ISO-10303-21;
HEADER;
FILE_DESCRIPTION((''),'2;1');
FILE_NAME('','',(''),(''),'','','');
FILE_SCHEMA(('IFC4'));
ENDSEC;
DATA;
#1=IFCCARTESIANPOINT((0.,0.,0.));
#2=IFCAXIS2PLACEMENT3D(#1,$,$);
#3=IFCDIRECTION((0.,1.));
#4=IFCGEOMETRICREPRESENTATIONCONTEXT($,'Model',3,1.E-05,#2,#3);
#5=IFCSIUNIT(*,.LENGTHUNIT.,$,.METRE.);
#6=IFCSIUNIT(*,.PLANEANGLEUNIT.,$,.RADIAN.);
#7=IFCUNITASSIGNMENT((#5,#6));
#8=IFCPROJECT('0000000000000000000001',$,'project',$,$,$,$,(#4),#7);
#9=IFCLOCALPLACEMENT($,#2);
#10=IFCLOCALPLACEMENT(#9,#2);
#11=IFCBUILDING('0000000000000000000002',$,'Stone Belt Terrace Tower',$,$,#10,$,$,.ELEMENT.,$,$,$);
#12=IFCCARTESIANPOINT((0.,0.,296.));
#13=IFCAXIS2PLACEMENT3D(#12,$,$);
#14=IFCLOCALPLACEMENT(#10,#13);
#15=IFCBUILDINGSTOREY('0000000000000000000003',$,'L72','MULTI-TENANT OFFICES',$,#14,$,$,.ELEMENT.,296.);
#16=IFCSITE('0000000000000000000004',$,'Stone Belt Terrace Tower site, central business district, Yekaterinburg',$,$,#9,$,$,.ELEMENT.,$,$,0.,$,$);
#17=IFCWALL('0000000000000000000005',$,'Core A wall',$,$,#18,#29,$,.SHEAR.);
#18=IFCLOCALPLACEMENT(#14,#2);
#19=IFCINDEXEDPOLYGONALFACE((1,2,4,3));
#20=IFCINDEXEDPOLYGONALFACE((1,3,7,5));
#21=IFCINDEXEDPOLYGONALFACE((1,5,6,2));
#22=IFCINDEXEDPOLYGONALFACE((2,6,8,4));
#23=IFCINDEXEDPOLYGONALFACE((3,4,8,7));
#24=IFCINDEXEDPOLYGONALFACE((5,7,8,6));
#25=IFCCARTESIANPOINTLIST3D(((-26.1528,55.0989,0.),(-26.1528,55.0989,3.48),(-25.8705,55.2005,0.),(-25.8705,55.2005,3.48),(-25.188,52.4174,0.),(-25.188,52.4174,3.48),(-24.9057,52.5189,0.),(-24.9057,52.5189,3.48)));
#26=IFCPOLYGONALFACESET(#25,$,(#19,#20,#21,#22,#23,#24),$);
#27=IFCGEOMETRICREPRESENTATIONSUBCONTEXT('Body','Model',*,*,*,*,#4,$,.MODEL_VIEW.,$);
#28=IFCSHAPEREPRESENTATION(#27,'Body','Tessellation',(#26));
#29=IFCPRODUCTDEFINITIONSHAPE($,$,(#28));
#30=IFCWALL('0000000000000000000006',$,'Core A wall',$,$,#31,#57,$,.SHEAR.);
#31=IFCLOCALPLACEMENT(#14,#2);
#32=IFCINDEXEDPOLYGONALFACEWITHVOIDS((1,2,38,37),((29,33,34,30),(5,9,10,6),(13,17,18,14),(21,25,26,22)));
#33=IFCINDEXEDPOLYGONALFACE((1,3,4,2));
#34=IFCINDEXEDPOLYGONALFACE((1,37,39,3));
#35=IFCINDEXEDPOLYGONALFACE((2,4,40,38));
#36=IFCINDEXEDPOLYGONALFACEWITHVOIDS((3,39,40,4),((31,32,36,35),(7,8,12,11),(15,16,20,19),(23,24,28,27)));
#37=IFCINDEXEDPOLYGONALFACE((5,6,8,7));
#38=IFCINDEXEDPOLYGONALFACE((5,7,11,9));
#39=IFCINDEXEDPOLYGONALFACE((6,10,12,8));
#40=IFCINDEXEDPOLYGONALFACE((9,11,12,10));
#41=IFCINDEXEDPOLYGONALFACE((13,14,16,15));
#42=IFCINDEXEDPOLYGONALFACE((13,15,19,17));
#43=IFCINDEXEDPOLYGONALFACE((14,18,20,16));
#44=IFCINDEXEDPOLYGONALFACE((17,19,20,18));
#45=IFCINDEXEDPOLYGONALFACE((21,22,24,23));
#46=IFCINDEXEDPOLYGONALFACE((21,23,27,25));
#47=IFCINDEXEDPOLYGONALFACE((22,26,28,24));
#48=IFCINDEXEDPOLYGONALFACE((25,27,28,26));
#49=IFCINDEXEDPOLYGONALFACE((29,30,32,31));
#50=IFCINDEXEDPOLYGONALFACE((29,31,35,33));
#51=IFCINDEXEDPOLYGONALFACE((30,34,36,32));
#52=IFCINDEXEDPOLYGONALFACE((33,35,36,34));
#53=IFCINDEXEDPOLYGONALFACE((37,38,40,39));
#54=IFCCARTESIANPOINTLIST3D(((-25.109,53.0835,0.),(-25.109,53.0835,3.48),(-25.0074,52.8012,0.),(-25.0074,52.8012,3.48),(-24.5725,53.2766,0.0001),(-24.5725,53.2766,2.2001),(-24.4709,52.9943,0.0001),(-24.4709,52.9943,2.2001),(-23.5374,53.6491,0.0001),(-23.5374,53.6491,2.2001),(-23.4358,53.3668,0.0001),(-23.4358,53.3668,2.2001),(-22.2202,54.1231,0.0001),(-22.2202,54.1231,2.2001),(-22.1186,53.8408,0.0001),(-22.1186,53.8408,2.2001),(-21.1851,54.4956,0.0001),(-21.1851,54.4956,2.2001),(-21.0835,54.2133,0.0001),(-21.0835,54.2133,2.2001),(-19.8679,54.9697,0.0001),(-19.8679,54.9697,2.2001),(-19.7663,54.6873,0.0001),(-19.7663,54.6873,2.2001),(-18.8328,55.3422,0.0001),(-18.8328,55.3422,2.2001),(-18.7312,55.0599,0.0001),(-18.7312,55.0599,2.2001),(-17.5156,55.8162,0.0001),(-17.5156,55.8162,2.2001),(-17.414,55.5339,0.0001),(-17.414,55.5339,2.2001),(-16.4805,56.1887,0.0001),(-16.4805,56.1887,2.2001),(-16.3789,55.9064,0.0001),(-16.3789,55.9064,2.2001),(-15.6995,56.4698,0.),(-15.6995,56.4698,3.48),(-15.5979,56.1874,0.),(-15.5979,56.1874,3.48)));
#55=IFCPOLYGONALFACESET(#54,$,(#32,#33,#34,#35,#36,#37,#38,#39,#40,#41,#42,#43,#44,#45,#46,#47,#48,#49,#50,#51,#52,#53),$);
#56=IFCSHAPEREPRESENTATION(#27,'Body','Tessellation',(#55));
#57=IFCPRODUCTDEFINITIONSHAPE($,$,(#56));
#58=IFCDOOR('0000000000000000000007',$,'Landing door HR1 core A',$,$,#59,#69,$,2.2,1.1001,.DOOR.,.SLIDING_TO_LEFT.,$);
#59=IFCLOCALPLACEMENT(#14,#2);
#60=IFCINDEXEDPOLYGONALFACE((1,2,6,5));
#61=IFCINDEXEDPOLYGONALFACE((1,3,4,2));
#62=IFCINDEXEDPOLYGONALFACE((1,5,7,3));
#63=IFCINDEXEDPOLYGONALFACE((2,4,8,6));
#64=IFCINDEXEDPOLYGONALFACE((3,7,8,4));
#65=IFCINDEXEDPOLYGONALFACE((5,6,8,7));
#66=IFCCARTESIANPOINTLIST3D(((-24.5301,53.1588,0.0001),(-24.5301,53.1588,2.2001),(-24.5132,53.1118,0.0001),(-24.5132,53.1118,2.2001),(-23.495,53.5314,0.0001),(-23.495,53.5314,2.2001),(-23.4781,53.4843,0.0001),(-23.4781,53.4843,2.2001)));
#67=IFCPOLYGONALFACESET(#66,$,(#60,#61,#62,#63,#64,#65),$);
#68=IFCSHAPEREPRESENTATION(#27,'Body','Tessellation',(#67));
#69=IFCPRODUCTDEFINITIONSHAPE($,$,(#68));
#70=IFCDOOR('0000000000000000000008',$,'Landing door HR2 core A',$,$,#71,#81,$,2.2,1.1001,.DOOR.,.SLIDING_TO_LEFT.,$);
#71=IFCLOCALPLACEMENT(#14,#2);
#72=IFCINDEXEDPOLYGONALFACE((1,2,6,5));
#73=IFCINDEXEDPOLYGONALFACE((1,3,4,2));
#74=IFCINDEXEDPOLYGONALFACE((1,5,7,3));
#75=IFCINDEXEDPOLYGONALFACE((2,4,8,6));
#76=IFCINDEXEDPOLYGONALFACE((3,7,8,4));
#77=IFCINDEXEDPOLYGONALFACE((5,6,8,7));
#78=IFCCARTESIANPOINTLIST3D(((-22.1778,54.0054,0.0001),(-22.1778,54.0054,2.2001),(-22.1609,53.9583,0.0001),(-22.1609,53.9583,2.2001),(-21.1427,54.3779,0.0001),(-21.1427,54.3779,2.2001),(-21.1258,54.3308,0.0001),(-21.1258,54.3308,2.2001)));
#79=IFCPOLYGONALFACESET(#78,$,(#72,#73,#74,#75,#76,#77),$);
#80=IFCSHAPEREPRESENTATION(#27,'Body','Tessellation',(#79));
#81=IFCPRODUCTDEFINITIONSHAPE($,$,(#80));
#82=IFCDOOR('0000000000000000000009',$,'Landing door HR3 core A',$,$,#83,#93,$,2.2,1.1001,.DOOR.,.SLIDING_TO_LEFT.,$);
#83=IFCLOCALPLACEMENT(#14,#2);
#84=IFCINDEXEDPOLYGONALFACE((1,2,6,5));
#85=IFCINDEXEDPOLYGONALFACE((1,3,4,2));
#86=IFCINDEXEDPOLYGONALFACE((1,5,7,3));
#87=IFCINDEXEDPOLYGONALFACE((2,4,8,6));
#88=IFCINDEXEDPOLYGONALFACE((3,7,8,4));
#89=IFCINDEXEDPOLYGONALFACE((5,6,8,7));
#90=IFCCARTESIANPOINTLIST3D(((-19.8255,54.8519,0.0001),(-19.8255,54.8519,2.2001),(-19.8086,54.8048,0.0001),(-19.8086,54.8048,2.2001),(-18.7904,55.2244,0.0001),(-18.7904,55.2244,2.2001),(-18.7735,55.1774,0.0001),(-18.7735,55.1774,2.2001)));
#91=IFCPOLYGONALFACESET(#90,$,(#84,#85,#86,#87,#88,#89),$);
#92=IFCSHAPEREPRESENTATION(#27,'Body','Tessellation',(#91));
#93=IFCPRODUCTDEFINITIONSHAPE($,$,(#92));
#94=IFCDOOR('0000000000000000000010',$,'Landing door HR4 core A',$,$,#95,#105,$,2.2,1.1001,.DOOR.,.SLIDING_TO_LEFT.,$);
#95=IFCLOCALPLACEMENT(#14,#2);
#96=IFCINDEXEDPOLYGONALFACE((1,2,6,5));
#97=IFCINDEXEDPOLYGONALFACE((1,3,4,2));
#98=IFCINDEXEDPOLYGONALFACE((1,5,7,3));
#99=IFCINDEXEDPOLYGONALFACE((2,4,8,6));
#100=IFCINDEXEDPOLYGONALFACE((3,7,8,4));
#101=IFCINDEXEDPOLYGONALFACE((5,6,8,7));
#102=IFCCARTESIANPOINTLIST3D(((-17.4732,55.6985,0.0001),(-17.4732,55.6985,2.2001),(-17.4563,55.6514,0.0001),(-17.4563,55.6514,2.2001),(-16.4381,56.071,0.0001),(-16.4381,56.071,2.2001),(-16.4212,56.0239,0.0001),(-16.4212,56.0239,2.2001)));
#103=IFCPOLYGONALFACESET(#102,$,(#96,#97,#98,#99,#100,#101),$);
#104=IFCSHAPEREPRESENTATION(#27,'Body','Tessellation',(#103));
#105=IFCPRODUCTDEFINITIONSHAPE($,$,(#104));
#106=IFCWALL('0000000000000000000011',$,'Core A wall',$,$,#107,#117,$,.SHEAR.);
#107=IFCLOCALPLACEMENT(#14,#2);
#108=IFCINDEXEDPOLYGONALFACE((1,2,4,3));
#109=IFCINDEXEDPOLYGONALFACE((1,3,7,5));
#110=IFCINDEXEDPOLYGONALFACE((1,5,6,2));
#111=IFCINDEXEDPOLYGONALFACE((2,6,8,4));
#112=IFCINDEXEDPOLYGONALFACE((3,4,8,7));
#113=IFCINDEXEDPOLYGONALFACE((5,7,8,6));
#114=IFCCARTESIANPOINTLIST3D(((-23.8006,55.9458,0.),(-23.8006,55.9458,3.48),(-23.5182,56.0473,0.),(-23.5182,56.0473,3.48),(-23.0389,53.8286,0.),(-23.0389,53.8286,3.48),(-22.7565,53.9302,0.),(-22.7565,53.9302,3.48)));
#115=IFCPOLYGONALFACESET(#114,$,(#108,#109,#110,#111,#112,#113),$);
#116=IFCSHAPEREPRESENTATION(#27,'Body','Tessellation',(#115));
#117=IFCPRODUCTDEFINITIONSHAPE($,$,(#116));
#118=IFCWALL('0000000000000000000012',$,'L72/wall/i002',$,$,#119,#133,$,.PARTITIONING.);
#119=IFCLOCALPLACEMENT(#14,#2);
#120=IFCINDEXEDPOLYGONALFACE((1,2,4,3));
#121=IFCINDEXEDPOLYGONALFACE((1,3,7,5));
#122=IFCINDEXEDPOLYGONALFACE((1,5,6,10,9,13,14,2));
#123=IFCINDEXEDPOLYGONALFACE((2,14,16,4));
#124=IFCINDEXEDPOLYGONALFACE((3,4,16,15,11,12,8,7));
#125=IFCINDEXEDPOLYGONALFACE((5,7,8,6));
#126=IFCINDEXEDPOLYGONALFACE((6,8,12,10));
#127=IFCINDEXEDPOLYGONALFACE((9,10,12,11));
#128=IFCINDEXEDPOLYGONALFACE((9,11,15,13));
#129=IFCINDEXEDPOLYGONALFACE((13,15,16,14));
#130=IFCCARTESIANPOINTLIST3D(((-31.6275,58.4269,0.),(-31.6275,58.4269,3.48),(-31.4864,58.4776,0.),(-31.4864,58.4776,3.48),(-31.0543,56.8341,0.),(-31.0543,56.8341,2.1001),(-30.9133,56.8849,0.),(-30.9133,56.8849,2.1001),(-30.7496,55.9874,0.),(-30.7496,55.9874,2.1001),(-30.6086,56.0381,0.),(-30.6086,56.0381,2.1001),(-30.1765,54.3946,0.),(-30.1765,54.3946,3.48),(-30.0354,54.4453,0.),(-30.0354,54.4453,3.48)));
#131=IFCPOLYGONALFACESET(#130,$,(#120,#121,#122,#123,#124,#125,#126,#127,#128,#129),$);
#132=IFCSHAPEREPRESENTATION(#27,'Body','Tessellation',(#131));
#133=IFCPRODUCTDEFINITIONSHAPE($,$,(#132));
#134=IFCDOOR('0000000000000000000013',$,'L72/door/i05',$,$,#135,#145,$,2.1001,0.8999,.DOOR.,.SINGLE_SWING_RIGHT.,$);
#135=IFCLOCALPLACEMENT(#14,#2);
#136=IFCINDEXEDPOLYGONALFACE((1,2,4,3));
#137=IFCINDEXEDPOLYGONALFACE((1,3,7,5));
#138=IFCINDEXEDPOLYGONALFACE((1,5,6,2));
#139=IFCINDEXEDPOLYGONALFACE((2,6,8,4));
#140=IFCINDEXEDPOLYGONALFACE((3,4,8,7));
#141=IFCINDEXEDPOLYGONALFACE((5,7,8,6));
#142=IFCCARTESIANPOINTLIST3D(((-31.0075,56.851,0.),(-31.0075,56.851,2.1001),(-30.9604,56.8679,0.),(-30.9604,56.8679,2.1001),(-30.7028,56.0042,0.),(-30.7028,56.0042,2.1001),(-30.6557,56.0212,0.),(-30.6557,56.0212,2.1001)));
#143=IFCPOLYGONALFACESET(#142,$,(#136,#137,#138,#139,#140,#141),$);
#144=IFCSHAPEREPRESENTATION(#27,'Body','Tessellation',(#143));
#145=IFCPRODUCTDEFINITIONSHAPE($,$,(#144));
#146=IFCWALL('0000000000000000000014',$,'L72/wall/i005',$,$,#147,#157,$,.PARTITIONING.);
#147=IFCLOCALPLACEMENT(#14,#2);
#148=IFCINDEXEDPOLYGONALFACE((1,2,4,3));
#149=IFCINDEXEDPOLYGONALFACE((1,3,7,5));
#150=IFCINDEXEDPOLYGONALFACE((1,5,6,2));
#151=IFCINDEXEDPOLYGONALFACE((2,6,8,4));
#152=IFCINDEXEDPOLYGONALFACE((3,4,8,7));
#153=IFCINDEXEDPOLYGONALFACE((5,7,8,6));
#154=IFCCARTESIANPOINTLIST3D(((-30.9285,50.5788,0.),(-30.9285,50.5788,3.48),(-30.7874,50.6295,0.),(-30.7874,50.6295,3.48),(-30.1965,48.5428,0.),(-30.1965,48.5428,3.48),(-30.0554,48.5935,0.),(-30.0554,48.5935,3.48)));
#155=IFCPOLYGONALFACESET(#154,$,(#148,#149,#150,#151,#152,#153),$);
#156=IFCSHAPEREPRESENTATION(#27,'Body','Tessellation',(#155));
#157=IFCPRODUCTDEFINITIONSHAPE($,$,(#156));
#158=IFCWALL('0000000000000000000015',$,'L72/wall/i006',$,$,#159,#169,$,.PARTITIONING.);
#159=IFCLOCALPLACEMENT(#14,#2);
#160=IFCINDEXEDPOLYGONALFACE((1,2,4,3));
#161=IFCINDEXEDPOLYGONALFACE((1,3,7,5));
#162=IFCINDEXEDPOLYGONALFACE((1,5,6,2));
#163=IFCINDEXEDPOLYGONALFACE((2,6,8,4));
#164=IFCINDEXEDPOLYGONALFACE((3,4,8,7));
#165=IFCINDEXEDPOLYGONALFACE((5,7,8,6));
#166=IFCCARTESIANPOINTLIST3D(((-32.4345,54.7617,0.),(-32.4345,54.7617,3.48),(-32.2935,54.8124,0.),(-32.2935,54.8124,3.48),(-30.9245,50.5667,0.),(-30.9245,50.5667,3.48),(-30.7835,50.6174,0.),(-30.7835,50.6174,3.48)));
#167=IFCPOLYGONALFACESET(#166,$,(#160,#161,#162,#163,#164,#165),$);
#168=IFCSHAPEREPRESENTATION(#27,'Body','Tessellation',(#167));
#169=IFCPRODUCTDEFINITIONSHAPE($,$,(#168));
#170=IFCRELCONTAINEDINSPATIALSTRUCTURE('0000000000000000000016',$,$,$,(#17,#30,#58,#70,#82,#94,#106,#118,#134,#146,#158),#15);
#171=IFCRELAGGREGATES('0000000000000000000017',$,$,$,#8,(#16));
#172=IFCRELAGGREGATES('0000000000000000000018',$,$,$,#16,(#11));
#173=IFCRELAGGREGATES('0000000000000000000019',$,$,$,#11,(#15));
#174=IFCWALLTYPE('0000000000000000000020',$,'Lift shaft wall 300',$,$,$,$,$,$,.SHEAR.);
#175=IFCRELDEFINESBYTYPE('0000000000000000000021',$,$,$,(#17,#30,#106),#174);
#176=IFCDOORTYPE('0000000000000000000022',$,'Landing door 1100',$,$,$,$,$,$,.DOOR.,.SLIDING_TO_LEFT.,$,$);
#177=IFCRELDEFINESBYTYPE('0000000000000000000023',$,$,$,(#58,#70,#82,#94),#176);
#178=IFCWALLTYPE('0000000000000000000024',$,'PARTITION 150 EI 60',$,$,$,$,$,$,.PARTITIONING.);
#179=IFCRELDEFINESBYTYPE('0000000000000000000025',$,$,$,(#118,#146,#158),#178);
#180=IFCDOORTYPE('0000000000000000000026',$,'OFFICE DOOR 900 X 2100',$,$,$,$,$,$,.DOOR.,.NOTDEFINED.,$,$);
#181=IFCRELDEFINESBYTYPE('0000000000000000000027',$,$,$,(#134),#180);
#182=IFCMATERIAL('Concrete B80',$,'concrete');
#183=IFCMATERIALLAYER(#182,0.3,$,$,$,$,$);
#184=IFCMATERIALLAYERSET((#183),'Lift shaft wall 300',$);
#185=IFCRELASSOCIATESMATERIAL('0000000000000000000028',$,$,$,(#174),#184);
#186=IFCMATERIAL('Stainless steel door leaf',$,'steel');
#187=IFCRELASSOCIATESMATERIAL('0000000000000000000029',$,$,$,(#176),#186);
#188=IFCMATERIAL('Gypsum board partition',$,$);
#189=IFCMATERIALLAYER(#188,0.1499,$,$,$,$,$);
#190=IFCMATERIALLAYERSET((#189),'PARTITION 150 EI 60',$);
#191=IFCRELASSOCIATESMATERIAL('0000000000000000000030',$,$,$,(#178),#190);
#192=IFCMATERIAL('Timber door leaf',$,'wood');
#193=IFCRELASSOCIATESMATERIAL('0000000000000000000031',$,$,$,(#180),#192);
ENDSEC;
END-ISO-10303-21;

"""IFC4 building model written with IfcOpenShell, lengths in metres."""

from ifc_helpers import new_model, si_unit, direction, frame, frame_2d, origin, place, context, subcontext, project, spatial, rectangle, extrude, material, layer, layer_set, type_object, element, fill, save


model = new_model("IFC4")

# Units and contexts
model_context = context("Model", 3, precision=1e-05, world=origin(), true_north=direction((0.0, 1.0)))
body_context = subcontext(model_context, "Body", "Model", "MODEL_VIEW")
ifc_project = project(units=[si_unit("LENGTHUNIT", "METRE"), si_unit("PLANEANGLEUNIT", "RADIAN")], contexts=[model_context])

# Site, building, storey
site_placement = place(None, origin())
site = spatial("IfcSite", under=ifc_project, at=site_placement, Name="Stone Belt Terrace Tower site, central business district, Yekaterinburg", CompositionType="ELEMENT", RefElevation=0.0)
building_placement = place(site_placement, origin())
building = spatial("IfcBuilding", under=site, at=building_placement, Name="Stone Belt Terrace Tower", CompositionType="ELEMENT")
storey_placement = place(building_placement, frame((0.0, 0.0, 296.0)))
storey = spatial("IfcBuildingStorey", under=building, at=storey_placement, Name="L72", Description="MULTI-TENANT OFFICES", CompositionType="ELEMENT", Elevation=296.0)

# Shared definitions
ifc_material_1 = material(Name="Timber door leaf", Category="wood")

# Shared definitions
ifc_material_2 = material(Name="Concrete B80", Category="concrete")

# Shared definitions
ifc_layer_1 = layer(ifc_material_2, 0.3)
ifc_layer_set_1 = layer_set([ifc_layer_1], Name="Lift shaft wall 300")
wall_type_1 = type_object("IfcWallType", Name="Lift shaft wall 300", PredefinedType="SHEAR", material=ifc_layer_set_1)
ifc_material_3 = material(Name="Stainless steel door leaf", Category="steel")

# Wall
wall_1_placement = place(storey_placement, frame((-25.0469, 52.4683, 0.0), z_axis=(0.0, 0.0, 1.0), x_axis=(-0.33855, 0.940949, 0.0)))
element("IfcWall", 1, at=wall_1_placement, inside=storey, type_object=wall_type_1, Name="Core A wall", PredefinedType="SHEAR", context=body_context, shape_type="SweptSolid", body=[
    extrude(rectangle(XDim=2.8499, YDim=0.3, at=frame_2d((1.4248, 0.0))), origin(), (0.0, 0.0, 1.0), 3.48),
])

# Wall, openings, doors
wall_2_placement = place(storey_placement, frame((-25.0581, 52.9424, 0.0), z_axis=(0.0, 0.0, 1.0), x_axis=(0.940924, 0.338617, 0.0)))
wall_2 = element("IfcWall", 2, at=wall_2_placement, inside=storey, type_object=wall_type_1, Name="Core A wall", PredefinedType="SHEAR", context=body_context, shape_type="SweptSolid", body=[
    extrude(rectangle(XDim=10.0002, YDim=0.3, at=frame_2d((5.0, 0.0))), origin(), (0.0, 0.0, 1.0), 3.48),
])
opening_1_placement = place(wall_2_placement, frame((0.5701, 0.0, 0.0)))
opening_1 = element("IfcOpeningElement", 3, at=opening_1_placement, cuts=wall_2, PredefinedType="OPENING", context=body_context, shape_type="SweptSolid", body=[
    extrude(rectangle(XDim=1.1001, YDim=2.2, at=frame_2d((0.55, 1.1001))), frame((0.0, 0.1599, 0.0), z_axis=(0.0, -1.0, 0.0), x_axis=(1.0, 0.0, 0.0)), (0.0, 0.0, 1.0), 0.3201),
])
opening_2_placement = place(wall_2_placement, frame((3.0701, 0.0, 0.0)))
opening_2 = element("IfcOpeningElement", 4, at=opening_2_placement, cuts=wall_2, PredefinedType="OPENING", context=body_context, shape_type="SweptSolid", body=[
    extrude(rectangle(XDim=1.1001, YDim=2.2, at=frame_2d((0.55, 1.1001))), frame((0.0, 0.1599, 0.0), z_axis=(0.0, -1.0, 0.0), x_axis=(1.0, 0.0, 0.0)), (0.0, 0.0, 1.0), 0.3201),
])
opening_3_placement = place(wall_2_placement, frame((5.5701, 0.0, 0.0)))
opening_3 = element("IfcOpeningElement", 5, at=opening_3_placement, cuts=wall_2, PredefinedType="OPENING", context=body_context, shape_type="SweptSolid", body=[
    extrude(rectangle(XDim=1.1001, YDim=2.2, at=frame_2d((0.55, 1.1001))), frame((0.0, 0.1599, 0.0), z_axis=(0.0, -1.0, 0.0), x_axis=(1.0, 0.0, 0.0)), (0.0, 0.0, 1.0), 0.3201),
])
opening_4_placement = place(wall_2_placement, frame((8.0701, 0.0, 0.0)))
opening_4 = element("IfcOpeningElement", 6, at=opening_4_placement, cuts=wall_2, PredefinedType="OPENING", context=body_context, shape_type="SweptSolid", body=[
    extrude(rectangle(XDim=1.1001, YDim=2.2, at=frame_2d((0.55, 1.1001))), frame((0.0, 0.1599, 0.0), z_axis=(0.0, -1.0, 0.0), x_axis=(1.0, 0.0, 0.0)), (0.0, 0.0, 1.0), 0.3201),
])
door_type_1 = type_object("IfcDoorType", Name="Landing door 1100", OperationType="SLIDING_TO_LEFT", PredefinedType="DOOR", material=ifc_material_3)
door_1_placement = place(opening_1_placement, origin())
door_1 = element("IfcDoor", 7, at=door_1_placement, inside=storey, type_object=door_type_1, Name="Landing door HR1 core A", OperationType="SLIDING_TO_LEFT", OverallHeight=2.2, OverallWidth=1.1001, PredefinedType="DOOR", context=body_context, shape_type="SweptSolid", body=[
    extrude(rectangle(XDim=1.1001, YDim=2.2, at=frame_2d((0.55, 1.1001))), frame((0.0, 0.0249, 0.0), z_axis=(0.0, -1.0, 0.0), x_axis=(1.0, 0.0, 0.0)), (0.0, 0.0, 1.0), 0.05),
])
fill(opening_1, door_1)
door_2_placement = place(opening_2_placement, origin())
door_2 = element("IfcDoor", 8, at=door_2_placement, inside=storey, type_object=door_type_1, Name="Landing door HR2 core A", OperationType="SLIDING_TO_LEFT", OverallHeight=2.2, OverallWidth=1.1001, PredefinedType="DOOR", context=body_context, shape_type="SweptSolid", body=[
    extrude(rectangle(XDim=1.1001, YDim=2.2, at=frame_2d((0.55, 1.1001))), frame((0.0, 0.0249, 0.0), z_axis=(0.0, -1.0, 0.0), x_axis=(1.0, 0.0, 0.0)), (0.0, 0.0, 1.0), 0.05),
])
fill(opening_2, door_2)
door_3_placement = place(opening_3_placement, origin())
door_3 = element("IfcDoor", 9, at=door_3_placement, inside=storey, type_object=door_type_1, Name="Landing door HR3 core A", OperationType="SLIDING_TO_LEFT", OverallHeight=2.2, OverallWidth=1.1001, PredefinedType="DOOR", context=body_context, shape_type="SweptSolid", body=[
    extrude(rectangle(XDim=1.1001, YDim=2.2, at=frame_2d((0.55, 1.1001))), frame((0.0, 0.0249, 0.0), z_axis=(0.0, -1.0, 0.0), x_axis=(1.0, 0.0, 0.0)), (0.0, 0.0, 1.0), 0.05),
])
fill(opening_3, door_3)
door_4_placement = place(opening_4_placement, origin())
door_4 = element("IfcDoor", 10, at=door_4_placement, inside=storey, type_object=door_type_1, Name="Landing door HR4 core A", OperationType="SLIDING_TO_LEFT", OverallHeight=2.2, OverallWidth=1.1001, PredefinedType="DOOR", context=body_context, shape_type="SweptSolid", body=[
    extrude(rectangle(XDim=1.1001, YDim=2.2, at=frame_2d((0.55, 1.1001))), frame((0.0, 0.0249, 0.0), z_axis=(0.0, -1.0, 0.0), x_axis=(1.0, 0.0, 0.0)), (0.0, 0.0, 1.0), 0.05),
])
fill(opening_4, door_4)

# Wall
wall_3_placement = place(storey_placement, frame((-22.8977, 53.8794, 0.0), z_axis=(0.0, 0.0, 1.0), x_axis=(-0.338535, 0.940954, 0.0)))
element("IfcWall", 11, at=wall_3_placement, inside=storey, type_object=wall_type_1, Name="Core A wall", PredefinedType="SHEAR", context=body_context, shape_type="SweptSolid", body=[
    extrude(rectangle(XDim=2.25, YDim=0.3, at=frame_2d((1.125, 0.0))), origin(), (0.0, 0.0, 1.0), 3.48),
])

# Wall, opening, door
ifc_material_4 = material(Name="Gypsum board partition")
ifc_layer_2 = layer(ifc_material_4, 0.1499)
ifc_layer_set_2 = layer_set([ifc_layer_2], Name="PARTITION 150 EI 60")
wall_type_2 = type_object("IfcWallType", Name="PARTITION 150 EI 60", PredefinedType="PARTITIONING", material=ifc_layer_set_2)
wall_4_placement = place(storey_placement, frame((-31.5569, 58.4521, 0.0), z_axis=(0.0, 0.0, 1.0), x_axis=(0.33858, -0.940938, 0.0)))
wall_4 = element("IfcWall", 12, at=wall_4_placement, inside=storey, type_object=wall_type_2, Name="L72/wall/i002", PredefinedType="PARTITIONING", context=body_context, shape_type="SweptSolid", body=[
    extrude(rectangle(XDim=4.2854, YDim=0.1499, at=frame_2d((2.1426, 0.0))), origin(), (0.0, 0.0, 1.0), 3.48),
])
opening_5_placement = place(wall_4_placement, frame((1.6926, 0.0, 0.0)))
opening_5 = element("IfcOpeningElement", 13, at=opening_5_placement, cuts=wall_4, PredefinedType="OPENING", context=body_context, shape_type="SweptSolid", body=[
    extrude(rectangle(XDim=0.8999, YDim=2.1001, at=frame_2d((0.45, 1.05))), frame((0.0, 0.085, 0.0), z_axis=(0.0, -1.0, 0.0), x_axis=(1.0, 0.0, 0.0)), (0.0, 0.0, 1.0), 0.1699),
])
door_type_2 = type_object("IfcDoorType", Name="OFFICE DOOR 900 X 2100", OperationType="NOTDEFINED", PredefinedType="DOOR", material=ifc_material_1)
door_5_placement = place(opening_5_placement, origin())
door_5 = element("IfcDoor", 14, at=door_5_placement, inside=storey, type_object=door_type_2, Name="L72/door/i05", OperationType="SINGLE_SWING_RIGHT", OverallHeight=2.1001, OverallWidth=0.8999, PredefinedType="DOOR", context=body_context, shape_type="SweptSolid", body=[
    extrude(rectangle(XDim=0.8999, YDim=2.1001, at=frame_2d((0.45, 1.05))), frame((0.0, 0.0249, 0.0), z_axis=(0.0, -1.0, 0.0), x_axis=(1.0, 0.0, 0.0)), (0.0, 0.0, 1.0), 0.05),
])
fill(opening_5, door_5)

# Walls
wall_5_placement = place(storey_placement, frame((-30.126, 48.5681, 0.0), z_axis=(0.0, 0.0, 1.0), x_axis=(-0.338316, 0.941033, 0.0)))
element("IfcWall", 15, at=wall_5_placement, inside=storey, type_object=wall_type_2, Name="L72/wall/i005", PredefinedType="PARTITIONING", context=body_context, shape_type="SweptSolid", body=[
    extrude(rectangle(XDim=2.1636, YDim=0.1499, at=frame_2d((1.0818, 0.0))), origin(), (0.0, 0.0, 1.0), 3.48),
])
wall_6_placement = place(storey_placement, frame((-30.854, 50.592, 0.0), z_axis=(0.0, 0.0, 1.0), x_axis=(-0.338677, 0.940903, 0.0)))
element("IfcWall", 16, at=wall_6_placement, inside=storey, type_object=wall_type_2, Name="L72/wall/i006", PredefinedType="PARTITIONING", context=body_context, shape_type="SweptSolid", body=[
    extrude(rectangle(XDim=4.4585, YDim=0.1499, at=frame_2d((2.2292, 0.0))), origin(), (0.0, 0.0, 1.0), 3.48),
])

save(model, "model.ifc")
